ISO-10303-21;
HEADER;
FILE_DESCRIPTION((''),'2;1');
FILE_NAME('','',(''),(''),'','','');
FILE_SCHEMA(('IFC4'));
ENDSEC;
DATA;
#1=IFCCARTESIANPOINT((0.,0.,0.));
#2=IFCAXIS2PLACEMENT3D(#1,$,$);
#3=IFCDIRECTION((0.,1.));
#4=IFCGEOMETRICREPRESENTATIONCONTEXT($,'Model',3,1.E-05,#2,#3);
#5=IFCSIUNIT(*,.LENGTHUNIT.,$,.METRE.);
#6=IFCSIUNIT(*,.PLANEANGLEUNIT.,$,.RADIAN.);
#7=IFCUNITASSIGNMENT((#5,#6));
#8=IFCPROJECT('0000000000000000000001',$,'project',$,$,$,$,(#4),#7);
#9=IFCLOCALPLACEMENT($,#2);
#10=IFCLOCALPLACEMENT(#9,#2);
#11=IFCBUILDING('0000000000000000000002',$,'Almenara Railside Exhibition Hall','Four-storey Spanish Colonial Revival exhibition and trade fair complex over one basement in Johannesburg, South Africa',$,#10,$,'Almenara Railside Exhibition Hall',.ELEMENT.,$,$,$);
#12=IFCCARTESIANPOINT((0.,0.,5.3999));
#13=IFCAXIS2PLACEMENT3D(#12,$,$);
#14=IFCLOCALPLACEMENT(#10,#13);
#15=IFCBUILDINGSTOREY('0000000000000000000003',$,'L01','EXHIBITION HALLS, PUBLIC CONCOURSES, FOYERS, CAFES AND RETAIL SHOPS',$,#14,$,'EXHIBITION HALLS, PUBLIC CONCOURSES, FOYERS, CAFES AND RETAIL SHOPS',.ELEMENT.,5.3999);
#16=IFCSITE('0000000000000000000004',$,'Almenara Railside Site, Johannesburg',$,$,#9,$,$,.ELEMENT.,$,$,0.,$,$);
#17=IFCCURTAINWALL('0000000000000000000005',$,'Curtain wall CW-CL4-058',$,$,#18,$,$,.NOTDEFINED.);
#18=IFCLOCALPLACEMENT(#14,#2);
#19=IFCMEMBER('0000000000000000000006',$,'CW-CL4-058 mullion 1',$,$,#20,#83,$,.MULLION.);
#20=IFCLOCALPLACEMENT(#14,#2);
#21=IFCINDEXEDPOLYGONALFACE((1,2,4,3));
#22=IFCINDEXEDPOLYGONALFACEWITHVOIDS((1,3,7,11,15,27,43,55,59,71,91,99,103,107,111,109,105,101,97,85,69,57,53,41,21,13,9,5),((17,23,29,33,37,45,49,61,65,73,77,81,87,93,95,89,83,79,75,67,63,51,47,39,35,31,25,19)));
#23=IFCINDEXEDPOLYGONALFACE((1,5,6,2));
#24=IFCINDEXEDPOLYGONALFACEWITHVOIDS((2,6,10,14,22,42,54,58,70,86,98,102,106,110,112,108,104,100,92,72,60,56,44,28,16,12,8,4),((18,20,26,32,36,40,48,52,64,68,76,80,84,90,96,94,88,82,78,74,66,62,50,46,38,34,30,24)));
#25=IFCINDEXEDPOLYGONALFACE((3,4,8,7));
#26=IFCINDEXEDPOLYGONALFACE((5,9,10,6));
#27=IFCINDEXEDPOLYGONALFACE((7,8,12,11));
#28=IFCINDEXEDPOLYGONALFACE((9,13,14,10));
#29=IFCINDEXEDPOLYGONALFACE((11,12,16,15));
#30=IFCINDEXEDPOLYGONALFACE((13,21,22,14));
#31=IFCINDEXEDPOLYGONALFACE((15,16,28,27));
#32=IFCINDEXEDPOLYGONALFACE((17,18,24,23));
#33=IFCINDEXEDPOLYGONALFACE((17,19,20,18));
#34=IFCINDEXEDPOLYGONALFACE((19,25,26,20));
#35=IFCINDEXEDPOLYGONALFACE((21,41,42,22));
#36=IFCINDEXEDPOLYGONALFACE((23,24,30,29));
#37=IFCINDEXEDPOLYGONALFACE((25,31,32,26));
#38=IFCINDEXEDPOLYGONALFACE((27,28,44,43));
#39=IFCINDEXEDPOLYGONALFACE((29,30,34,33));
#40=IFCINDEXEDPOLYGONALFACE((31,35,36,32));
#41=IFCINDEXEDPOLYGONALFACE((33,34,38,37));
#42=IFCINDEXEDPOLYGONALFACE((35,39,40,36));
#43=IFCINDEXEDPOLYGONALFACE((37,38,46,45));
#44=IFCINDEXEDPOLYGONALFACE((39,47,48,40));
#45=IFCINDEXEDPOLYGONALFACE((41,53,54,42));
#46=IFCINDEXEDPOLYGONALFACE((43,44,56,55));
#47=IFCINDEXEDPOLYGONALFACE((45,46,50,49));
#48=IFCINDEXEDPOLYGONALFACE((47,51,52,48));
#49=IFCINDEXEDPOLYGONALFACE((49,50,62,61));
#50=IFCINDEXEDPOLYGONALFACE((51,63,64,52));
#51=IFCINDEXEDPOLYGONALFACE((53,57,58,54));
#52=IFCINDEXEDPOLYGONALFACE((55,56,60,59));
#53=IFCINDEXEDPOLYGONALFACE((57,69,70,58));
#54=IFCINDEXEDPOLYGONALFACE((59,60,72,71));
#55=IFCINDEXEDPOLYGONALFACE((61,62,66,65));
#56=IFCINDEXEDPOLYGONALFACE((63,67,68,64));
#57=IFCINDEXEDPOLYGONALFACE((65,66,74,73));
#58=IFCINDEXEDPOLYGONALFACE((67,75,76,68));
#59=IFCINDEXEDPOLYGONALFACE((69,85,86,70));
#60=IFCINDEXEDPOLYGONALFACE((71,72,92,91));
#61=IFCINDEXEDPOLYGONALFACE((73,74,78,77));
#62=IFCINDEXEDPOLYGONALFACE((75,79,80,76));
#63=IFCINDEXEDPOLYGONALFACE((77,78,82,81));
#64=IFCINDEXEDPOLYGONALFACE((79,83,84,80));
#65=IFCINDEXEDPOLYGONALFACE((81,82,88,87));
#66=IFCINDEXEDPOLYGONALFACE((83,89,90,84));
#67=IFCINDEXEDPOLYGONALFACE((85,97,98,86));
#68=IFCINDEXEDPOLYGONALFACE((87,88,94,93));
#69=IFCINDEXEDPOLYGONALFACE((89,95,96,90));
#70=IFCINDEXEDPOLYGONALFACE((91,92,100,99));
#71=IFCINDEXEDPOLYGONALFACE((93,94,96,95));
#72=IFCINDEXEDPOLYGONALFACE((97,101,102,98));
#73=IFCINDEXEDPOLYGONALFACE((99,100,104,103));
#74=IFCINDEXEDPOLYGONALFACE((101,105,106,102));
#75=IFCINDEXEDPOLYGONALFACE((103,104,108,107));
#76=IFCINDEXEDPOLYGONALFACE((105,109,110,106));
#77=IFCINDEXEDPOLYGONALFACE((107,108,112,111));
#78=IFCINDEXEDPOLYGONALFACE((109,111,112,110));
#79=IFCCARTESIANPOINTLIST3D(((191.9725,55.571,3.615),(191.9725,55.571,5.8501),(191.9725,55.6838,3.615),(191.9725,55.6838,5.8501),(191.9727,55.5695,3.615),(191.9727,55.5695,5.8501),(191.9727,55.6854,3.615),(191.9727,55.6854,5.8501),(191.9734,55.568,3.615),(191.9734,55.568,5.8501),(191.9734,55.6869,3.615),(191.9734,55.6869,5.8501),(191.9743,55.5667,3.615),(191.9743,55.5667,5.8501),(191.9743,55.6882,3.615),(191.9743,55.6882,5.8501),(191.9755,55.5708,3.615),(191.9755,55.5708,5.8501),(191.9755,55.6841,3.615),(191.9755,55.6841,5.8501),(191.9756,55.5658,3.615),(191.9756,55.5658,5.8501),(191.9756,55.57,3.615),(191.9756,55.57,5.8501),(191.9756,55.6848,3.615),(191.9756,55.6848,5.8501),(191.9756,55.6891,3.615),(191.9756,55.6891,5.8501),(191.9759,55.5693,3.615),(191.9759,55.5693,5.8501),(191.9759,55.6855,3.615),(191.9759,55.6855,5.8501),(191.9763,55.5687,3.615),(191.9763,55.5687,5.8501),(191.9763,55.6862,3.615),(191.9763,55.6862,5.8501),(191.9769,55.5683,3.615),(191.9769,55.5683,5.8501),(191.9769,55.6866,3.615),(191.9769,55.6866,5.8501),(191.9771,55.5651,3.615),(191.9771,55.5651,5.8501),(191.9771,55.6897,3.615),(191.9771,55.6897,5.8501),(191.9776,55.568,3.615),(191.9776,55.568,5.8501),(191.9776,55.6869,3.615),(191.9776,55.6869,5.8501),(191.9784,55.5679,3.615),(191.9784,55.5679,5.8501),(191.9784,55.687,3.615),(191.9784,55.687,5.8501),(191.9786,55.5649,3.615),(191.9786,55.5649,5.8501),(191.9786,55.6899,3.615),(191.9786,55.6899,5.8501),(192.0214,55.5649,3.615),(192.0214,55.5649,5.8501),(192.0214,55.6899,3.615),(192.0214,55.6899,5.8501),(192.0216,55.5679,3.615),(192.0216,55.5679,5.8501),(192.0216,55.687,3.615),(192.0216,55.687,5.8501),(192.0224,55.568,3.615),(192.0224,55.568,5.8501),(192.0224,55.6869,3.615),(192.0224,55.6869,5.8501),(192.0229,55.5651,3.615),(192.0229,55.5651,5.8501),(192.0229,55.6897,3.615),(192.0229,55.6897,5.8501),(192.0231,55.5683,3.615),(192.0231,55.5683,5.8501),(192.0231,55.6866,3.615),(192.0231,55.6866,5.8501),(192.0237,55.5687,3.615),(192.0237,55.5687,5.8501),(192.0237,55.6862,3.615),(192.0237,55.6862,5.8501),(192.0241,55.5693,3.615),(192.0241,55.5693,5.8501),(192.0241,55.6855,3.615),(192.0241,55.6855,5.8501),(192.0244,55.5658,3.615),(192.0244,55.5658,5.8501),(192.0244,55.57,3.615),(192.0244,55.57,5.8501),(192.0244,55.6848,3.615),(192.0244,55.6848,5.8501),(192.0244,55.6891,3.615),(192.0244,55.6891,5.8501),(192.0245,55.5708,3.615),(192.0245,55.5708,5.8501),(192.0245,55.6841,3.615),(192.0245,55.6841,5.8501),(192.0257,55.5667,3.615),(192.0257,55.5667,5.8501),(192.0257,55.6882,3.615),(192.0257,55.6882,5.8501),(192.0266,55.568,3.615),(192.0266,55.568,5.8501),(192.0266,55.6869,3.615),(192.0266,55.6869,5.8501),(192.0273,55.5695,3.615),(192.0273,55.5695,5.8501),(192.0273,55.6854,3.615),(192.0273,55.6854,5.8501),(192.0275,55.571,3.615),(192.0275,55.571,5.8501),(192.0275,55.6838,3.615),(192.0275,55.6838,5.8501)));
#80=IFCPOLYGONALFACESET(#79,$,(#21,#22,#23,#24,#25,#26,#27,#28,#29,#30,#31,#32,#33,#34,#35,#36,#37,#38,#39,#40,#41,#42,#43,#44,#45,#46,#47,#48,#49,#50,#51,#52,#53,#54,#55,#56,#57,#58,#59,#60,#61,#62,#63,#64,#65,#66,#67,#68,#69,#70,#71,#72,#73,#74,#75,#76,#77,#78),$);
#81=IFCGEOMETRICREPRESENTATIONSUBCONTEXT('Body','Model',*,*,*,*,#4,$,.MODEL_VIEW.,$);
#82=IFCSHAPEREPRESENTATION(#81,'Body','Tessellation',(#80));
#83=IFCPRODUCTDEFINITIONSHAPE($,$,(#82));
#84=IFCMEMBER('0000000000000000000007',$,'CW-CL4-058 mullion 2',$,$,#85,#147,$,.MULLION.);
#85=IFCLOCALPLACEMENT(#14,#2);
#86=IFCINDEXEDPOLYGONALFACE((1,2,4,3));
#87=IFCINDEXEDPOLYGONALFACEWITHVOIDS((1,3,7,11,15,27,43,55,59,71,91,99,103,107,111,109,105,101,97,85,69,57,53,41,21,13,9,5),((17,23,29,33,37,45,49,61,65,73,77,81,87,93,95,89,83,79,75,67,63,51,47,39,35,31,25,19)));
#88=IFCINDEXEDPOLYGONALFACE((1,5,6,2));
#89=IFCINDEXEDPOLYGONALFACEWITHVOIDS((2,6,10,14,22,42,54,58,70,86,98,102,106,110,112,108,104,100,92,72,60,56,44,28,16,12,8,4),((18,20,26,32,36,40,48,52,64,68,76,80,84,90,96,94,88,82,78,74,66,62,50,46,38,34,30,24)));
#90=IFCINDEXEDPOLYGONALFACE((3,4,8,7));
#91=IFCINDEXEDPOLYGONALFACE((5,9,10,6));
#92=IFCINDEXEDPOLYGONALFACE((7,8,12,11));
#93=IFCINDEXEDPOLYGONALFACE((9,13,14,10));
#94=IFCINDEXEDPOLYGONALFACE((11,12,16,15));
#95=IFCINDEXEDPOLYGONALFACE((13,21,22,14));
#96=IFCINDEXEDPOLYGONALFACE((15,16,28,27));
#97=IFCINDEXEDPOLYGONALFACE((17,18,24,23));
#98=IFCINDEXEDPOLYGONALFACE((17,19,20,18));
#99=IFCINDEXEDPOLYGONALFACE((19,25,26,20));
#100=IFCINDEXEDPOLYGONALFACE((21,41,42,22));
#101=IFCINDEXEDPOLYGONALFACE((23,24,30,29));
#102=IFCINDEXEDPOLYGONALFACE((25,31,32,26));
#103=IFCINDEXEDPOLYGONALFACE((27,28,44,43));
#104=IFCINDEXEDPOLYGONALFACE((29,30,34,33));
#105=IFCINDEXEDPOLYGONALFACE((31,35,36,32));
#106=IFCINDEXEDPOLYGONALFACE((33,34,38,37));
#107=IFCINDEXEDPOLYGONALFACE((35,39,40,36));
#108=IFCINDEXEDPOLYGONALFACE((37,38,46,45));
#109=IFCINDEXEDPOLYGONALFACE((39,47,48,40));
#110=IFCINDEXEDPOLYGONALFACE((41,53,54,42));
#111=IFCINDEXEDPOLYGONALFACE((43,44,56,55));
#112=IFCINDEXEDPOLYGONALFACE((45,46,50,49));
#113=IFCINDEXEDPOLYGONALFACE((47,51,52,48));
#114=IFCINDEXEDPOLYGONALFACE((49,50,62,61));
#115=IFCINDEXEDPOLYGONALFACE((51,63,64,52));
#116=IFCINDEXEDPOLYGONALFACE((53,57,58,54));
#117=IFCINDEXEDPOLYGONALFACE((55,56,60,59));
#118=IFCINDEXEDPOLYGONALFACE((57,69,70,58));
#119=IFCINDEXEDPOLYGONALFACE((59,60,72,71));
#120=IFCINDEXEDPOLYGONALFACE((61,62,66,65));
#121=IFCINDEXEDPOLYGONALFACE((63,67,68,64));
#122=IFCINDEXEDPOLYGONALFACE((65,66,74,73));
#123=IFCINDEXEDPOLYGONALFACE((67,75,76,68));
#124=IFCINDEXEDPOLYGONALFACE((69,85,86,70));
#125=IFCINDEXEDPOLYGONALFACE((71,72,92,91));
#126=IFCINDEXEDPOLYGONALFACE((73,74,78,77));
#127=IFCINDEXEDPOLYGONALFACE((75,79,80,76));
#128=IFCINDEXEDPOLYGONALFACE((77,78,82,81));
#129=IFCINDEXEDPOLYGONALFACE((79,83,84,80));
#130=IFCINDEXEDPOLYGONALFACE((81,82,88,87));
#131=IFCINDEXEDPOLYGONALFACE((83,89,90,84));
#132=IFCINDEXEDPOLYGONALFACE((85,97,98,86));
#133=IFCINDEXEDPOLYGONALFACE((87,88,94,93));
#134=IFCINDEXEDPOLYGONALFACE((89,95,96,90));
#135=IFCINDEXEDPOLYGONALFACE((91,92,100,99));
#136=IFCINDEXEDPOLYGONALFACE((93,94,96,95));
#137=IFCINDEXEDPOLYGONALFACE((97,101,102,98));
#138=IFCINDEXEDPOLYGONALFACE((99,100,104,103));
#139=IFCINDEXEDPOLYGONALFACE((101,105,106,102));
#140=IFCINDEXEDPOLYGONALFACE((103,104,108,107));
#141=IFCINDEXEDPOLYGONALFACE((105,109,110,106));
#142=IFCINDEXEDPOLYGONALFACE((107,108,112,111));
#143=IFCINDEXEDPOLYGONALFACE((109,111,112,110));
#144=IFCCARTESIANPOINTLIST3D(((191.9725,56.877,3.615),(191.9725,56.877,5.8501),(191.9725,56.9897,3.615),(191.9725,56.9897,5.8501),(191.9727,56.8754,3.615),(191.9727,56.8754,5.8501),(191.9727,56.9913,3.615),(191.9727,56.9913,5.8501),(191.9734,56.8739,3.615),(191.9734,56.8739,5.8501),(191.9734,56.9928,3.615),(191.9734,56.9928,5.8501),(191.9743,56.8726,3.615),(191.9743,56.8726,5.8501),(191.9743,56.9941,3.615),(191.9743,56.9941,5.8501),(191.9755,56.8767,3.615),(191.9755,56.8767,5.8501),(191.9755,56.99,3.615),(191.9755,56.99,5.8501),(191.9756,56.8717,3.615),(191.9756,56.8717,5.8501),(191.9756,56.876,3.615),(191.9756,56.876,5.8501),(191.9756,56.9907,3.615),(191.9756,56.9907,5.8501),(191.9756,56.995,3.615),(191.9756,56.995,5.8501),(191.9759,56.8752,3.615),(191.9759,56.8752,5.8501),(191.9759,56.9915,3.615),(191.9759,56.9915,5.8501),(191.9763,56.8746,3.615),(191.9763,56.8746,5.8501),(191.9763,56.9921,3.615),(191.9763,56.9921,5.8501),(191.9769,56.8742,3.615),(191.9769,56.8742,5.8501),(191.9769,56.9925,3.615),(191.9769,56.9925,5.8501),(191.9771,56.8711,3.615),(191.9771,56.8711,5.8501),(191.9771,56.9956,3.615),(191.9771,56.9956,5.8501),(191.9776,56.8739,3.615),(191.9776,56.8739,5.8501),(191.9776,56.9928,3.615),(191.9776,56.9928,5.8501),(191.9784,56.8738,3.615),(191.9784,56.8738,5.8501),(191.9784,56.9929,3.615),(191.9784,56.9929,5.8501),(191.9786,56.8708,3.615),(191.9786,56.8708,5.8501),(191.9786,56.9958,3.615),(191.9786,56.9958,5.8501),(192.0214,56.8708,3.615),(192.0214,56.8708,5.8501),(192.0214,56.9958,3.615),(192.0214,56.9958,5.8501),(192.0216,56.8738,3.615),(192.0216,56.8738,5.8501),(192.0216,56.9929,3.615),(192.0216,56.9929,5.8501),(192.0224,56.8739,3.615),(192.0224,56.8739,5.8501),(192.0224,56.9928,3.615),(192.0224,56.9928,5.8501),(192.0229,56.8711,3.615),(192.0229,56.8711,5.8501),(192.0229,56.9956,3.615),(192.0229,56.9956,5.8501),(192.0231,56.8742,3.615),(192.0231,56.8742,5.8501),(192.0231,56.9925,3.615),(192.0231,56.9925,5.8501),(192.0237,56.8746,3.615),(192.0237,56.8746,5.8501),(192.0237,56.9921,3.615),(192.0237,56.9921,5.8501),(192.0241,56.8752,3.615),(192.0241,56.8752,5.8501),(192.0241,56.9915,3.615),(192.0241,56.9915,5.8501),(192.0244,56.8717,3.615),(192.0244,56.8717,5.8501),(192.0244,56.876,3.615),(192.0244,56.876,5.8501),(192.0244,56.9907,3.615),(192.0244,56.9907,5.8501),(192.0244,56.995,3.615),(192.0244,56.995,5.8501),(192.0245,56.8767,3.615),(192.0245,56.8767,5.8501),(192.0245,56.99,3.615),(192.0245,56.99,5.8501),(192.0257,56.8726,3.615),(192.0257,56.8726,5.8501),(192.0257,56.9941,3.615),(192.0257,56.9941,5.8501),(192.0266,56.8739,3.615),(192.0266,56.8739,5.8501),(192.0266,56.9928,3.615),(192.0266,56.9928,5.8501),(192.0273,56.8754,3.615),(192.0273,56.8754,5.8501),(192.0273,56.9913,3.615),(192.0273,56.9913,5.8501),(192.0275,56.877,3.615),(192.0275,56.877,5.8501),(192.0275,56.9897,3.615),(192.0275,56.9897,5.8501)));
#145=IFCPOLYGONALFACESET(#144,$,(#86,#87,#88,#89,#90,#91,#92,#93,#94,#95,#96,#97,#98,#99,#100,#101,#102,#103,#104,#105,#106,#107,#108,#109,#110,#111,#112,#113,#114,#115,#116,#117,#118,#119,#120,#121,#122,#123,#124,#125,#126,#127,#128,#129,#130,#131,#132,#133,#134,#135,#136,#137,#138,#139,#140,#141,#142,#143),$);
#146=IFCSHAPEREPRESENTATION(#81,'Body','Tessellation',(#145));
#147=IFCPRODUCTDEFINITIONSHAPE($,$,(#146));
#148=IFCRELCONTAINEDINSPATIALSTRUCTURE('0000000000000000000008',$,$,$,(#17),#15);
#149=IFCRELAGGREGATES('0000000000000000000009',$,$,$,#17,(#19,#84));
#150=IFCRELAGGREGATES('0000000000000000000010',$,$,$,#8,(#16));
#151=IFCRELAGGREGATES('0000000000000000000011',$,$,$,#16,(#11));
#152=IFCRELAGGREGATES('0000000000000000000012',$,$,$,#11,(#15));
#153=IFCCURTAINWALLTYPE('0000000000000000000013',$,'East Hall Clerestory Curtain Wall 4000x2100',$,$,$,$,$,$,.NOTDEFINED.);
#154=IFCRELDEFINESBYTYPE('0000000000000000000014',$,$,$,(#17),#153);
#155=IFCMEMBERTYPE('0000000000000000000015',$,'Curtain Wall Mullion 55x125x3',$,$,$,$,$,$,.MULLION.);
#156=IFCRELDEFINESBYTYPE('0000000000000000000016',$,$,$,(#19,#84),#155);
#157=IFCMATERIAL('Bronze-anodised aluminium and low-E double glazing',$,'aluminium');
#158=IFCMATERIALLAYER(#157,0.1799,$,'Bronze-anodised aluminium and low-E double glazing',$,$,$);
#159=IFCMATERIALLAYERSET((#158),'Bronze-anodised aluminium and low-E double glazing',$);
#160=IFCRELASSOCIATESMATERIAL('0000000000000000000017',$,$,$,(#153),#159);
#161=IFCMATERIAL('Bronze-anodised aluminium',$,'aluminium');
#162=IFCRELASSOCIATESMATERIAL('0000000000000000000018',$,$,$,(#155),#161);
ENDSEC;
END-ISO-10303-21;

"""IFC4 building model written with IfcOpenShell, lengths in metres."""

from ifc_helpers import new_model, si_unit, direction, frame, origin, origin_2d, place, context, subcontext, project, spatial, hollow_rectangle, extrude, material, layer, layer_set, material_profile, profile_set, type_object, element, aggregate, save


model = new_model("IFC4")

# Units and contexts
model_context = context("Model", 3, precision=1e-05, world=origin(), true_north=direction((0.0, 1.0)))
body_context = subcontext(model_context, "Body", "Model", "MODEL_VIEW")
ifc_project = project(units=[si_unit("LENGTHUNIT", "METRE"), si_unit("PLANEANGLEUNIT", "RADIAN")], contexts=[model_context])

# Site, building, storey
site_placement = place(None, origin())
site = spatial("IfcSite", under=ifc_project, at=site_placement, Name="Almenara Railside Site, Johannesburg", CompositionType="ELEMENT", RefElevation=0.0)
building_placement = place(site_placement, origin())
building = spatial("IfcBuilding", under=site, at=building_placement, Name="Almenara Railside Exhibition Hall", Description="Four-storey Spanish Colonial Revival exhibition and trade fair complex over one basement in Johannesburg, South Africa", LongName="Almenara Railside Exhibition Hall", CompositionType="ELEMENT")
storey_placement = place(building_placement, frame((0.0, 0.0, 5.3999)))
storey = spatial("IfcBuildingStorey", under=building, at=storey_placement, Name="L01", Description="EXHIBITION HALLS, PUBLIC CONCOURSES, FOYERS, CAFES AND RETAIL SHOPS", LongName="EXHIBITION HALLS, PUBLIC CONCOURSES, FOYERS, CAFES AND RETAIL SHOPS", CompositionType="ELEMENT", Elevation=5.3999)

# Curtain wall, members
ifc_material_1 = material(Name="Bronze-anodised aluminium and low-E double glazing", Category="aluminium")
ifc_layer_1 = layer(ifc_material_1, 0.1799, Name="Bronze-anodised aluminium and low-E double glazing")
ifc_layer_set_1 = layer_set([ifc_layer_1], Name="Bronze-anodised aluminium and low-E double glazing")
curtain_wall_type = type_object("IfcCurtainWallType", Name="East Hall Clerestory Curtain Wall 4000x2100", PredefinedType="NOTDEFINED", material=ifc_layer_set_1)
curtain_wall_1_placement = place(storey_placement, origin())
curtain_wall_1 = element("IfcCurtainWall", 1, at=curtain_wall_1_placement, inside=storey, type_object=curtain_wall_type, Name="Curtain wall CW-CL4-058", PredefinedType="NOTDEFINED")
ifc_material_2 = material(Name="Bronze-anodised aluminium", Category="aluminium")
ifc_material_profile_1 = material_profile(ifc_material_2, hollow_rectangle(XDim=0.0549, YDim=0.125, WallThickness=0.0029, InnerFilletRadius=0.0029, OuterFilletRadius=0.0061, at=origin_2d()), Name="ALU-MUL 55x125x3")
ifc_profile_set_1 = profile_set([ifc_material_profile_1], Name="Bronze-anodised aluminium")
member_type_1 = type_object("IfcMemberType", Name="Curtain Wall Mullion 55x125x3", PredefinedType="MULLION", material=ifc_profile_set_1)
member_1_placement = place(storey_placement, frame((192.0, 55.6274, 3.615), z_axis=(0.0, 0.0, 1.0), x_axis=(-1.0, 0.0, 0.0)))
member_1 = element("IfcMember", 2, at=member_1_placement, type_object=member_type_1, Name="CW-CL4-058 mullion 1", PredefinedType="MULLION", context=body_context, shape_type="SweptSolid", body=[
    extrude(hollow_rectangle(XDim=0.0549, YDim=0.125, WallThickness=0.0029, InnerFilletRadius=0.0029, OuterFilletRadius=0.0061, at=origin_2d()), origin(), (0.0, 0.0, 1.0), 2.2351),
])
member_2_placement = place(storey_placement, frame((192.0, 56.9333, 3.615), z_axis=(0.0, 0.0, 1.0), x_axis=(-1.0, 0.0, 0.0)))
member_2 = element("IfcMember", 3, at=member_2_placement, type_object=member_type_1, Name="CW-CL4-058 mullion 2", PredefinedType="MULLION", context=body_context, shape_type="SweptSolid", body=[
    extrude(hollow_rectangle(XDim=0.0549, YDim=0.125, WallThickness=0.0029, InnerFilletRadius=0.0029, OuterFilletRadius=0.0061, at=origin_2d()), origin(), (0.0, 0.0, 1.0), 2.2351),
])

aggregate(curtain_wall_1, [member_1, member_2])

save(model, "model.ifc")
